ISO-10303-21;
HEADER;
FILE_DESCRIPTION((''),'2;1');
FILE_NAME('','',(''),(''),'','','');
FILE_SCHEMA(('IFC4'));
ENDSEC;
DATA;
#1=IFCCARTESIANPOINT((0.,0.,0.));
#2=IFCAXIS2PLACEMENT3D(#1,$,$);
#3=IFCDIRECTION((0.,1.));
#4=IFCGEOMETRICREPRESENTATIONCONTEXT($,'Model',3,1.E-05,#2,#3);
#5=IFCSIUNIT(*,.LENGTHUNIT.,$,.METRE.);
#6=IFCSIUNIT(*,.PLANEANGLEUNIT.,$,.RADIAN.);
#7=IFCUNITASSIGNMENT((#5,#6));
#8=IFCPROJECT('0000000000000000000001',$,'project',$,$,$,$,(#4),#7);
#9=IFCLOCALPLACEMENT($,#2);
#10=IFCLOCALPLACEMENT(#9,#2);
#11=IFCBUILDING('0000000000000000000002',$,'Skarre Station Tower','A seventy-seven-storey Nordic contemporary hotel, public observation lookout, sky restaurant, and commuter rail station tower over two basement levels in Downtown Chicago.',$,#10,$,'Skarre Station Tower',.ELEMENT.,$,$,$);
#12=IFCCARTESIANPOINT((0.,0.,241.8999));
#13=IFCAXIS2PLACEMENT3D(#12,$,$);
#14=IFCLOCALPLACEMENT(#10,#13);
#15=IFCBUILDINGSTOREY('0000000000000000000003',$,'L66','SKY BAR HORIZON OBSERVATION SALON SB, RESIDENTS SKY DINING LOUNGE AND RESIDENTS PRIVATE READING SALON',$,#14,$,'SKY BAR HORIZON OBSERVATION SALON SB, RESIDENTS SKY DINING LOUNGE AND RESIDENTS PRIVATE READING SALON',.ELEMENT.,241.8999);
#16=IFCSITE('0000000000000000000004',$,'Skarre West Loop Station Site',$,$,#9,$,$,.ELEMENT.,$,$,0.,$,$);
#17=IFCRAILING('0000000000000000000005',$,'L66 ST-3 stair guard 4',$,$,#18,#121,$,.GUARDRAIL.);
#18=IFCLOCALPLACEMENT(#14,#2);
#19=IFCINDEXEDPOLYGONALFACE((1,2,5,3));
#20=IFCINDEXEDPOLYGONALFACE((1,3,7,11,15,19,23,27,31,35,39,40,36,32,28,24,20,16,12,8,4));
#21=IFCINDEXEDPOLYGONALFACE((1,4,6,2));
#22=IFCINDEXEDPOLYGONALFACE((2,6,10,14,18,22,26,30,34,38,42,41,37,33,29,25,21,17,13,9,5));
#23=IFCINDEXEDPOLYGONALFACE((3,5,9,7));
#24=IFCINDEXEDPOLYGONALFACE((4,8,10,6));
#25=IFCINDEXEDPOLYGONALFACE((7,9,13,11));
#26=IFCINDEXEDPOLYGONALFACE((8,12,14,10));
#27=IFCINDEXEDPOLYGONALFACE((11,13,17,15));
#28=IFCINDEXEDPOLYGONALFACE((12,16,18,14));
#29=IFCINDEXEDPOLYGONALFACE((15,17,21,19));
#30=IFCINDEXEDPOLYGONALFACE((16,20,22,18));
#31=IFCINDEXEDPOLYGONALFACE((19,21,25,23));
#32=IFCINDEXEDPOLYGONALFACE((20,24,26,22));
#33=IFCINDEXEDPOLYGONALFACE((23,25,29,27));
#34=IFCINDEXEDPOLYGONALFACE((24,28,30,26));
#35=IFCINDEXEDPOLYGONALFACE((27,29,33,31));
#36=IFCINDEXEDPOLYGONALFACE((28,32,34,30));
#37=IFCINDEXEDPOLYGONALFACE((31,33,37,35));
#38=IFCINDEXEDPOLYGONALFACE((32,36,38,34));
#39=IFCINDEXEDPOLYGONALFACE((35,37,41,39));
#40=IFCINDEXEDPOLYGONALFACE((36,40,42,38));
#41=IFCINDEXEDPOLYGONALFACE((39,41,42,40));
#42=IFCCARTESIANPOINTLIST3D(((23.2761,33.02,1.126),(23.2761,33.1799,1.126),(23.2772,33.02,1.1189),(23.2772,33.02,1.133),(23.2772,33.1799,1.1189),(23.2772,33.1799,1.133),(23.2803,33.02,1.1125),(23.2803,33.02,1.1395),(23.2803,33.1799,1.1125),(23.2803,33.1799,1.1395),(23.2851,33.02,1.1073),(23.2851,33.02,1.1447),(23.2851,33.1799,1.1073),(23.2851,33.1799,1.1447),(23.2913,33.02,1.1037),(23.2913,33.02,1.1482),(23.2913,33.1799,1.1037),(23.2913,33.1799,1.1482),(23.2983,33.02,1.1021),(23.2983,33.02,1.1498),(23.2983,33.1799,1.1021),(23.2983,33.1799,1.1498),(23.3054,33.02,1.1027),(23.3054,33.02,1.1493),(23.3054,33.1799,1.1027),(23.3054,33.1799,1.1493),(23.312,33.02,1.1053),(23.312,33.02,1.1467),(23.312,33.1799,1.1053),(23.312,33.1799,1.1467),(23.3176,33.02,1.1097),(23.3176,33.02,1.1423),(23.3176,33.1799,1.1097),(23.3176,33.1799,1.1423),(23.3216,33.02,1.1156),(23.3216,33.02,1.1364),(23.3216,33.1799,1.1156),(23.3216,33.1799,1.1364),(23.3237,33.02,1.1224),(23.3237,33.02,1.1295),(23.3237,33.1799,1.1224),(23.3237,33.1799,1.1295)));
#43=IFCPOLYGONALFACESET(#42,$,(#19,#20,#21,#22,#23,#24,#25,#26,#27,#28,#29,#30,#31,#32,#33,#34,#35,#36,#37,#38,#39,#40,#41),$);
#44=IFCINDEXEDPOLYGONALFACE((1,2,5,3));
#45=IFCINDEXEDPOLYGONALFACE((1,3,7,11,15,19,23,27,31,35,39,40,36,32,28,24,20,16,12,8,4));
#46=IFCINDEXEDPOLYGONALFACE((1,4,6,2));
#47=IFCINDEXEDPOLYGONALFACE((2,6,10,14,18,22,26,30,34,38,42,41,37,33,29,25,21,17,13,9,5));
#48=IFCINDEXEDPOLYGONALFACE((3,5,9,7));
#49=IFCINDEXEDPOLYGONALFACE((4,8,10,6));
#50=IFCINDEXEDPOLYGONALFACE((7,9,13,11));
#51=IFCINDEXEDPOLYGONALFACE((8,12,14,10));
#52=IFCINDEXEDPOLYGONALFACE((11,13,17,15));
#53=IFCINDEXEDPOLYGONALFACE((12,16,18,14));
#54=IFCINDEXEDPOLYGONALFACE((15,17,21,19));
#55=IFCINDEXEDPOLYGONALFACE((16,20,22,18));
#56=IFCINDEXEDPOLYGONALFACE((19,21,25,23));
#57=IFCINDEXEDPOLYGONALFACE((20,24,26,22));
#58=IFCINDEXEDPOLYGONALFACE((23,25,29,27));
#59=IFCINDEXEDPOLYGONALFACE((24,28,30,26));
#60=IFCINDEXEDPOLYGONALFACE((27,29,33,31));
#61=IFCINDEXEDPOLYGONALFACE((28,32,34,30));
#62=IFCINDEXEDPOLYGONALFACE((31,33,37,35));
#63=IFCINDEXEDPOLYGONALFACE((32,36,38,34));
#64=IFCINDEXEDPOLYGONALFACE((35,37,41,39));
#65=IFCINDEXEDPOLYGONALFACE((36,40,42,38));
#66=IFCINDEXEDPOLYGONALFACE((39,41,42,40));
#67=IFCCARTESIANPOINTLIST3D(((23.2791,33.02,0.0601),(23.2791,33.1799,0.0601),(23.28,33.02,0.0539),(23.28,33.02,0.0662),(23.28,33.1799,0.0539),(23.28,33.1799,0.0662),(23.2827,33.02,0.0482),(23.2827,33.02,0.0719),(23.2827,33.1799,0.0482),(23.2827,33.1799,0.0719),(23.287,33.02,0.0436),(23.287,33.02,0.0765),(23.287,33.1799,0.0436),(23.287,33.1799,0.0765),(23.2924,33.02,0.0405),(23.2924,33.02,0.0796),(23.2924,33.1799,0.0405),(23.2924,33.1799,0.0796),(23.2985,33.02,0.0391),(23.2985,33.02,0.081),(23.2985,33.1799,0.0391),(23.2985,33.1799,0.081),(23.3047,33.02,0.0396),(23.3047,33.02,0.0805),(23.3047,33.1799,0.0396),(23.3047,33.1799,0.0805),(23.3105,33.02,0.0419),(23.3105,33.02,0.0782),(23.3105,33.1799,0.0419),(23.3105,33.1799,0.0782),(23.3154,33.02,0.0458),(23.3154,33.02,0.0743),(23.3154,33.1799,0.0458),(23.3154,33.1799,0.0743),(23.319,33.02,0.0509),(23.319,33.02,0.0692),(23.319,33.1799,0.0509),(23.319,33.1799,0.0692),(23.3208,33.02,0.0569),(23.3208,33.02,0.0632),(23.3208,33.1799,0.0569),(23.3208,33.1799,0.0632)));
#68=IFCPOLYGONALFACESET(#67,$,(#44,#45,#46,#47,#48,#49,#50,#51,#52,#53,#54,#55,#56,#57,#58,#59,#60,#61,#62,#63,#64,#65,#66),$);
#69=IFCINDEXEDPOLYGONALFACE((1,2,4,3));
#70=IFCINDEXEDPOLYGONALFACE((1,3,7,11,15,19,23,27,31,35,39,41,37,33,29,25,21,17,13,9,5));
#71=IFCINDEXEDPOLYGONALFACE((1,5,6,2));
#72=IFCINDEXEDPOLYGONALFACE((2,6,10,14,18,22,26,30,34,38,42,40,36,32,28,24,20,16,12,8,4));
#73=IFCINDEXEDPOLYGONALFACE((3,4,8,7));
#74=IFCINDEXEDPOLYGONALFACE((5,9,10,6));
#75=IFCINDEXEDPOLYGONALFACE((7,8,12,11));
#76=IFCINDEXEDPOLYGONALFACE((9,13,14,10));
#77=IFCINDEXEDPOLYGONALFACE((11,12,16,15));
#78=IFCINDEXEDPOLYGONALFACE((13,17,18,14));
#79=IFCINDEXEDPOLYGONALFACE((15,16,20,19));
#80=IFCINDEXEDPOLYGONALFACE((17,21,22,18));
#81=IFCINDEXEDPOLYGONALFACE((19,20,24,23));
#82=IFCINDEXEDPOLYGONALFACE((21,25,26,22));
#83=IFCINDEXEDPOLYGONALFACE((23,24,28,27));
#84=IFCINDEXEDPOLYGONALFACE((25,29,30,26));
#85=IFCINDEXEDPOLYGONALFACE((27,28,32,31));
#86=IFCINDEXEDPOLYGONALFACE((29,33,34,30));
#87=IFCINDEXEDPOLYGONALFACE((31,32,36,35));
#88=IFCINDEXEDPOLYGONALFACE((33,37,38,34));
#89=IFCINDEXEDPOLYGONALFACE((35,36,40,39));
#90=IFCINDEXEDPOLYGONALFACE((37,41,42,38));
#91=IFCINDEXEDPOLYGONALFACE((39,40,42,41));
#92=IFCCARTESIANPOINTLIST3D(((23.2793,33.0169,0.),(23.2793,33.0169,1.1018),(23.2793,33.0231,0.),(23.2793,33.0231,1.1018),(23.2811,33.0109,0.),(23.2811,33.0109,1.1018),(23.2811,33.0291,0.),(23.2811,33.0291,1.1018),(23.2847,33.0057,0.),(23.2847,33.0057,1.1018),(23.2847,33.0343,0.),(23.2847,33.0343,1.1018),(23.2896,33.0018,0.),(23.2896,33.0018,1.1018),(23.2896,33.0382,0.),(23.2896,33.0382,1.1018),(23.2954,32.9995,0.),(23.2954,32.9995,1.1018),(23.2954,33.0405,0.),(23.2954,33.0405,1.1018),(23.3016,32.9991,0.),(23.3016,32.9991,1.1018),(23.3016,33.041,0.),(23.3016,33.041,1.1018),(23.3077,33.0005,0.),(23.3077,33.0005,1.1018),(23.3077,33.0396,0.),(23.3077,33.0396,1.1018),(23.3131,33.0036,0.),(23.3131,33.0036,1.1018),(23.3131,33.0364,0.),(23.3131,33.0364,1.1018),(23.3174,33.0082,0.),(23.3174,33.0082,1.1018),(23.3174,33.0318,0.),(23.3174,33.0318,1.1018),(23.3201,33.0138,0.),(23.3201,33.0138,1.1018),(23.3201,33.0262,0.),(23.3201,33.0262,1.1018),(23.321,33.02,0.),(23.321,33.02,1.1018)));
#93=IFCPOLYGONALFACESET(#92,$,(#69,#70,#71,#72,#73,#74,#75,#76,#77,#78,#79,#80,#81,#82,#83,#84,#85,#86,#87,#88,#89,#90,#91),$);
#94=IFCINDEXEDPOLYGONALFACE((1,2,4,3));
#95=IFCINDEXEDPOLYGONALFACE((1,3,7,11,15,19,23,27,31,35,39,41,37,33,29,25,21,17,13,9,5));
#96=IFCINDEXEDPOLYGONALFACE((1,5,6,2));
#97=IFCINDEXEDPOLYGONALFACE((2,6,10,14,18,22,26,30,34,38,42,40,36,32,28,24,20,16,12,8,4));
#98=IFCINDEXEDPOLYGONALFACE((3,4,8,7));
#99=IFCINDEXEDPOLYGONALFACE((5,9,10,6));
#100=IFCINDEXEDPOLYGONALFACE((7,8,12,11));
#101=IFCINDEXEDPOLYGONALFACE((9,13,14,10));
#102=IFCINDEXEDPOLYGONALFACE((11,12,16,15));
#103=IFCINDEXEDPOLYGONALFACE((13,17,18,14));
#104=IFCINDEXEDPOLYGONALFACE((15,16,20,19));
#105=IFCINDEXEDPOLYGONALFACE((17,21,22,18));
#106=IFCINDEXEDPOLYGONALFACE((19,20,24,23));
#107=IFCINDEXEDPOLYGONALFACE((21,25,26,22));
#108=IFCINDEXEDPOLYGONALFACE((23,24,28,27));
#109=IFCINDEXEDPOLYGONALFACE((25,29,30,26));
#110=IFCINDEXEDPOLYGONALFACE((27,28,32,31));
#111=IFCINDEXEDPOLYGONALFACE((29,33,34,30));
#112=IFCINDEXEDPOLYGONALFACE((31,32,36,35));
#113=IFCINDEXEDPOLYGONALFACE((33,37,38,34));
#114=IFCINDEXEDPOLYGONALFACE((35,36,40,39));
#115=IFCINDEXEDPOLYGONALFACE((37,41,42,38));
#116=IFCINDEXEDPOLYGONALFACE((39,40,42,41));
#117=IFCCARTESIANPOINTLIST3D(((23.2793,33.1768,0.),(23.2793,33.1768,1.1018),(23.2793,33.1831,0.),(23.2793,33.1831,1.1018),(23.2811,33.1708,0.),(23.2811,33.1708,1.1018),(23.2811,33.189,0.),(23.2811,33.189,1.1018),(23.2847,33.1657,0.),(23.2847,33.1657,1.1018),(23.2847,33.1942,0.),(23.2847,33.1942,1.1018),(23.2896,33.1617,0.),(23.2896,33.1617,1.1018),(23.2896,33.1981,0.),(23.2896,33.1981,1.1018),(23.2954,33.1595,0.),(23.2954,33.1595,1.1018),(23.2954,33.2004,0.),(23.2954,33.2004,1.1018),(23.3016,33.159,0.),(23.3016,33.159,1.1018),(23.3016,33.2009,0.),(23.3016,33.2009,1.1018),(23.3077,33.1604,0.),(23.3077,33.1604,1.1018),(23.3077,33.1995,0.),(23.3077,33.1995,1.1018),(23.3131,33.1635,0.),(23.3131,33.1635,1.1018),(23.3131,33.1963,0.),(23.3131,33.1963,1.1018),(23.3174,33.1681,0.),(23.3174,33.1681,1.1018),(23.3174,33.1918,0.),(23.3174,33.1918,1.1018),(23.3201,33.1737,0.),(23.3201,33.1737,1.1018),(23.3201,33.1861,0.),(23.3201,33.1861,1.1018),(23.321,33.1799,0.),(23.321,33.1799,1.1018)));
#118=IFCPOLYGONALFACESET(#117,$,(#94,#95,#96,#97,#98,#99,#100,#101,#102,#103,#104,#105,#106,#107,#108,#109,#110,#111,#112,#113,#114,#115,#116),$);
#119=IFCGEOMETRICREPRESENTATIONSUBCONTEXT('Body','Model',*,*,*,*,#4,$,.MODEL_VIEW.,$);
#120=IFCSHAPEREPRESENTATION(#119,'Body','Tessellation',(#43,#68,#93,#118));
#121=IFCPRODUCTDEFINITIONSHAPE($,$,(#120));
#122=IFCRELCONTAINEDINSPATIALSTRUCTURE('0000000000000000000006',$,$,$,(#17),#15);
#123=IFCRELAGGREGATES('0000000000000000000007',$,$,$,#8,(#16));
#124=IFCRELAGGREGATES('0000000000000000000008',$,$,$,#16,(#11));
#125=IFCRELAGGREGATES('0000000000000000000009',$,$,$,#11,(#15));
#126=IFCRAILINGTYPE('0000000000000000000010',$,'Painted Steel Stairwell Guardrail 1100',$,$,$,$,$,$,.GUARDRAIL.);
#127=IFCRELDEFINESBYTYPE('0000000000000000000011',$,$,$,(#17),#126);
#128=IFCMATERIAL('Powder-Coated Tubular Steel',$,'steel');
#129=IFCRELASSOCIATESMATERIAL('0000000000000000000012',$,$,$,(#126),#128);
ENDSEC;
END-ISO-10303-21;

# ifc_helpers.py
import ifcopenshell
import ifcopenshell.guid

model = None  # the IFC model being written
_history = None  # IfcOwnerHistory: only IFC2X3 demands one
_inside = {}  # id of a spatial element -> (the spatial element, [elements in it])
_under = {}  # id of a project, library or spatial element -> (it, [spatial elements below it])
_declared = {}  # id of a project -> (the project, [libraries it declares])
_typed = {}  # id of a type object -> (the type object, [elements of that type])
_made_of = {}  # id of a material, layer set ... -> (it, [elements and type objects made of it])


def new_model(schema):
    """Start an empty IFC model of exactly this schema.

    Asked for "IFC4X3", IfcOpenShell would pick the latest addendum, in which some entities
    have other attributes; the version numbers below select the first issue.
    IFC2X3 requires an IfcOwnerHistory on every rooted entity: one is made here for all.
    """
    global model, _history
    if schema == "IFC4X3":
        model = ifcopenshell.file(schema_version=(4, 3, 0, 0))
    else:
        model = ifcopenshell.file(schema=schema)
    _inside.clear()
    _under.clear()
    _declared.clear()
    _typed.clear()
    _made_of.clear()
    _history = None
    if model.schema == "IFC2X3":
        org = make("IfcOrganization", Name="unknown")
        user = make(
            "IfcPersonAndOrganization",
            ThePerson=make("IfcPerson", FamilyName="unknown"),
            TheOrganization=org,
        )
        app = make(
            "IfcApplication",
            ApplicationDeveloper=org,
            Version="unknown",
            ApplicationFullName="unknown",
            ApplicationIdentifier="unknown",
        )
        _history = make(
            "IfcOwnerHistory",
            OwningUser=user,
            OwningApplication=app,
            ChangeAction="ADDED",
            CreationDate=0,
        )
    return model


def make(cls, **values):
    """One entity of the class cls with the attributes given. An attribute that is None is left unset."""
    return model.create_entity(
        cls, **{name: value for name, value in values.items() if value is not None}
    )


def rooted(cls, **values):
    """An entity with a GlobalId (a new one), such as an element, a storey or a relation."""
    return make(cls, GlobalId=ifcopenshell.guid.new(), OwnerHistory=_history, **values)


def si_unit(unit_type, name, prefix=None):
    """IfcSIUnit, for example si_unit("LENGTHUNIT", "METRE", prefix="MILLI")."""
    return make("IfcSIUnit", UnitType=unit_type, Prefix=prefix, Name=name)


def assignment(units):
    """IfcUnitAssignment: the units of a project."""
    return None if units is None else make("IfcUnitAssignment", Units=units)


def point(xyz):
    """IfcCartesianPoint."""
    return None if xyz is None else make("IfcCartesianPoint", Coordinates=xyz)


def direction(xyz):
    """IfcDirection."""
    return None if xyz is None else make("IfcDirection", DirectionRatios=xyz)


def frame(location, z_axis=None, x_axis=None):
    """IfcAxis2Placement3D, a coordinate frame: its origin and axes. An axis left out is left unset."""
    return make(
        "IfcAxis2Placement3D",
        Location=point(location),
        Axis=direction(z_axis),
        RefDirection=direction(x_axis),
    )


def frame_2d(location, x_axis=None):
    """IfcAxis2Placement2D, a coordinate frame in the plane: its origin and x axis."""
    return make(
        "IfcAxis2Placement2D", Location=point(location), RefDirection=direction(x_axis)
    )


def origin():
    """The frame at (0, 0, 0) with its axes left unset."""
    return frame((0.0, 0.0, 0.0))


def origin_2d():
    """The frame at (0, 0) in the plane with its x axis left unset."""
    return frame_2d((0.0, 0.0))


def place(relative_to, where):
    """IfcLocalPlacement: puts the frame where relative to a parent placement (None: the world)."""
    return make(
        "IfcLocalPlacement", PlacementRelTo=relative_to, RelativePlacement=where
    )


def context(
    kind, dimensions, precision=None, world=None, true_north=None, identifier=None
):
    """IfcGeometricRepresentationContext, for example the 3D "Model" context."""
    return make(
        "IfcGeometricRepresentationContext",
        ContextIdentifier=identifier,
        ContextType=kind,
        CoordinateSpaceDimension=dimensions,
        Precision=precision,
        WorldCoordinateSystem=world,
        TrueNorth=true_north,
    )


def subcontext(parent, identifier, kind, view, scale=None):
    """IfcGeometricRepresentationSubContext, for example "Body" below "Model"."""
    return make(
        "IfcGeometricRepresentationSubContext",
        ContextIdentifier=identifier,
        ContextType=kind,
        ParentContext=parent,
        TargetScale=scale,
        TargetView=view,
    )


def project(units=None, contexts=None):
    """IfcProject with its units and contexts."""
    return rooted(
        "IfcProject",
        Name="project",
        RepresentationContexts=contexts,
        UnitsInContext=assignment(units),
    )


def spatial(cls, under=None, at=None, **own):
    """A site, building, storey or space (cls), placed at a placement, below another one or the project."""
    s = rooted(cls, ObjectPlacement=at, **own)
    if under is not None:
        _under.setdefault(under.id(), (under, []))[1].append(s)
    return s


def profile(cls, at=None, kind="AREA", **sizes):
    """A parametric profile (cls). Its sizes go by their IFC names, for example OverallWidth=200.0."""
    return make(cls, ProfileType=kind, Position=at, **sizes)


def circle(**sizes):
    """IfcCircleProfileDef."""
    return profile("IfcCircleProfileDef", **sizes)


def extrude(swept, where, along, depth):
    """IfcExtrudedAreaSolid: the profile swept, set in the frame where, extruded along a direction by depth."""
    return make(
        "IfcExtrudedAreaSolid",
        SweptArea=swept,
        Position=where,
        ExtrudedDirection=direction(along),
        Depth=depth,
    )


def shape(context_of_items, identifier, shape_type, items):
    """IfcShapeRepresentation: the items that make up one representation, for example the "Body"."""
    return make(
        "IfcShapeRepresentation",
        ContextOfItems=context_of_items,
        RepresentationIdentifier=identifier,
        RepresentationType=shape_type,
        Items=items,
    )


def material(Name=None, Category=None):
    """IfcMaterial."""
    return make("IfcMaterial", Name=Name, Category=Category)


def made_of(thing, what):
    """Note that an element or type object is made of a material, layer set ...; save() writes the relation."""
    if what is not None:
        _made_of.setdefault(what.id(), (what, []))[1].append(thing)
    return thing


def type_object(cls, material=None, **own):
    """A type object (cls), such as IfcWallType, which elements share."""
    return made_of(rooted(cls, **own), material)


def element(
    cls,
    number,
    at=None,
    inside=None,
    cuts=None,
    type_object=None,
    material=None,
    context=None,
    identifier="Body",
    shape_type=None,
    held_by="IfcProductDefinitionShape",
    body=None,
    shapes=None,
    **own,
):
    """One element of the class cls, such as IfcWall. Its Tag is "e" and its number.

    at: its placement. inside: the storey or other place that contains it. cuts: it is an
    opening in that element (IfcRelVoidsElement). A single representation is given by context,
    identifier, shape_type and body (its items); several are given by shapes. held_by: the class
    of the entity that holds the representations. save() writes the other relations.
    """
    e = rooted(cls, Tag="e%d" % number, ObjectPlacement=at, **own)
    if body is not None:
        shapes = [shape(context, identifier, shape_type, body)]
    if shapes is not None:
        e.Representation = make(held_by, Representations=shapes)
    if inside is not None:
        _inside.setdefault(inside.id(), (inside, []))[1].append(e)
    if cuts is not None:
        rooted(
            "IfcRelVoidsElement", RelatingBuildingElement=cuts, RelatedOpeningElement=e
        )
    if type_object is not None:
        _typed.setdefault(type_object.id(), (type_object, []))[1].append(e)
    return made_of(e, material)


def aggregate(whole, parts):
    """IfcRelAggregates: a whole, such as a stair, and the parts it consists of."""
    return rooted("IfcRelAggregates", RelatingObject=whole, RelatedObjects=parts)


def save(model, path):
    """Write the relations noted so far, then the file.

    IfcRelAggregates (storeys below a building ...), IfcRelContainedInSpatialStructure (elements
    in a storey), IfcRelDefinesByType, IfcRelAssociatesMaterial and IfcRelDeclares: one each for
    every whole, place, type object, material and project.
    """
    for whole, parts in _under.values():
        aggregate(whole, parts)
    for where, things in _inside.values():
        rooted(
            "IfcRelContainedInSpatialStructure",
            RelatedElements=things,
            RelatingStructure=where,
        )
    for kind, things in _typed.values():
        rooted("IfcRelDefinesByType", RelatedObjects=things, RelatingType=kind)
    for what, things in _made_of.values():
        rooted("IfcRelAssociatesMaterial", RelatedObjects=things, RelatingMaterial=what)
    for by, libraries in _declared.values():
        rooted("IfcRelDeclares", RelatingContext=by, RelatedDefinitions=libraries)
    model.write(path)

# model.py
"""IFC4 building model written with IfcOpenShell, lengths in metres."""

from ifc_helpers import new_model, si_unit, direction, frame, origin, origin_2d, place, context, subcontext, project, spatial, circle, extrude, material, type_object, element, save


model = new_model("IFC4")

# Units and contexts
model_context = context("Model", 3, precision=1e-05, world=origin(), true_north=direction((0.0, 1.0)))
body_context = subcontext(model_context, "Body", "Model", "MODEL_VIEW")
ifc_project = project(units=[si_unit("LENGTHUNIT", "METRE"), si_unit("PLANEANGLEUNIT", "RADIAN")], contexts=[model_context])

# Site, building, storey
site_placement = place(None, origin())
site = spatial("IfcSite", under=ifc_project, at=site_placement, Name="Skarre West Loop Station Site", CompositionType="ELEMENT", RefElevation=0.0)
building_placement = place(site_placement, origin())
building = spatial("IfcBuilding", under=site, at=building_placement, Name="Skarre Station Tower", Description="A seventy-seven-storey Nordic contemporary hotel, public observation lookout, sky restaurant, and commuter rail station tower over two basement levels in Downtown Chicago.", LongName="Skarre Station Tower", CompositionType="ELEMENT")
storey_placement = place(building_placement, frame((0.0, 0.0, 241.8999)))
storey = spatial("IfcBuildingStorey", under=building, at=storey_placement, Name="L66", Description="SKY BAR HORIZON OBSERVATION SALON SB, RESIDENTS SKY DINING LOUNGE AND RESIDENTS PRIVATE READING SALON", LongName="SKY BAR HORIZON OBSERVATION SALON SB, RESIDENTS SKY DINING LOUNGE AND RESIDENTS PRIVATE READING SALON", CompositionType="ELEMENT", Elevation=241.8999)

# Railing
ifc_material_1 = material(Name="Powder-Coated Tubular Steel", Category="steel")
railing_type_1 = type_object("IfcRailingType", Name="Painted Steel Stairwell Guardrail 1100", PredefinedType="GUARDRAIL", material=ifc_material_1)
railing_1_placement = place(storey_placement, frame((23.3, 33.02, 0.0)))
element("IfcRailing", 1, at=railing_1_placement, inside=storey, type_object=railing_type_1, Name="L66 ST-3 stair guard 4", PredefinedType="GUARDRAIL", context=body_context, shape_type="SweptSolid", body=[
    extrude(circle(Radius=0.0239, at=origin_2d()), frame((0.0, 0.0, 1.126), z_axis=(0.0, 1.0, 0.0), x_axis=(-1.0, 0.0, 0.0)), (0.0, 0.0, 1.0), 0.1599),
    extrude(circle(Radius=0.021, at=origin_2d()), frame((0.0, 0.0, 0.0601), z_axis=(0.0, 1.0, 0.0), x_axis=(-1.0, 0.0, 0.0)), (0.0, 0.0, 1.0), 0.1599),
    extrude(circle(Radius=0.021, at=origin_2d()), origin(), (0.0, 0.0, 1.0), 1.1018),
    extrude(circle(Radius=0.021, at=origin_2d()), frame((0.0, 0.1599, 0.0)), (0.0, 0.0, 1.0), 1.1018),
])

save(model, "model.ifc")
